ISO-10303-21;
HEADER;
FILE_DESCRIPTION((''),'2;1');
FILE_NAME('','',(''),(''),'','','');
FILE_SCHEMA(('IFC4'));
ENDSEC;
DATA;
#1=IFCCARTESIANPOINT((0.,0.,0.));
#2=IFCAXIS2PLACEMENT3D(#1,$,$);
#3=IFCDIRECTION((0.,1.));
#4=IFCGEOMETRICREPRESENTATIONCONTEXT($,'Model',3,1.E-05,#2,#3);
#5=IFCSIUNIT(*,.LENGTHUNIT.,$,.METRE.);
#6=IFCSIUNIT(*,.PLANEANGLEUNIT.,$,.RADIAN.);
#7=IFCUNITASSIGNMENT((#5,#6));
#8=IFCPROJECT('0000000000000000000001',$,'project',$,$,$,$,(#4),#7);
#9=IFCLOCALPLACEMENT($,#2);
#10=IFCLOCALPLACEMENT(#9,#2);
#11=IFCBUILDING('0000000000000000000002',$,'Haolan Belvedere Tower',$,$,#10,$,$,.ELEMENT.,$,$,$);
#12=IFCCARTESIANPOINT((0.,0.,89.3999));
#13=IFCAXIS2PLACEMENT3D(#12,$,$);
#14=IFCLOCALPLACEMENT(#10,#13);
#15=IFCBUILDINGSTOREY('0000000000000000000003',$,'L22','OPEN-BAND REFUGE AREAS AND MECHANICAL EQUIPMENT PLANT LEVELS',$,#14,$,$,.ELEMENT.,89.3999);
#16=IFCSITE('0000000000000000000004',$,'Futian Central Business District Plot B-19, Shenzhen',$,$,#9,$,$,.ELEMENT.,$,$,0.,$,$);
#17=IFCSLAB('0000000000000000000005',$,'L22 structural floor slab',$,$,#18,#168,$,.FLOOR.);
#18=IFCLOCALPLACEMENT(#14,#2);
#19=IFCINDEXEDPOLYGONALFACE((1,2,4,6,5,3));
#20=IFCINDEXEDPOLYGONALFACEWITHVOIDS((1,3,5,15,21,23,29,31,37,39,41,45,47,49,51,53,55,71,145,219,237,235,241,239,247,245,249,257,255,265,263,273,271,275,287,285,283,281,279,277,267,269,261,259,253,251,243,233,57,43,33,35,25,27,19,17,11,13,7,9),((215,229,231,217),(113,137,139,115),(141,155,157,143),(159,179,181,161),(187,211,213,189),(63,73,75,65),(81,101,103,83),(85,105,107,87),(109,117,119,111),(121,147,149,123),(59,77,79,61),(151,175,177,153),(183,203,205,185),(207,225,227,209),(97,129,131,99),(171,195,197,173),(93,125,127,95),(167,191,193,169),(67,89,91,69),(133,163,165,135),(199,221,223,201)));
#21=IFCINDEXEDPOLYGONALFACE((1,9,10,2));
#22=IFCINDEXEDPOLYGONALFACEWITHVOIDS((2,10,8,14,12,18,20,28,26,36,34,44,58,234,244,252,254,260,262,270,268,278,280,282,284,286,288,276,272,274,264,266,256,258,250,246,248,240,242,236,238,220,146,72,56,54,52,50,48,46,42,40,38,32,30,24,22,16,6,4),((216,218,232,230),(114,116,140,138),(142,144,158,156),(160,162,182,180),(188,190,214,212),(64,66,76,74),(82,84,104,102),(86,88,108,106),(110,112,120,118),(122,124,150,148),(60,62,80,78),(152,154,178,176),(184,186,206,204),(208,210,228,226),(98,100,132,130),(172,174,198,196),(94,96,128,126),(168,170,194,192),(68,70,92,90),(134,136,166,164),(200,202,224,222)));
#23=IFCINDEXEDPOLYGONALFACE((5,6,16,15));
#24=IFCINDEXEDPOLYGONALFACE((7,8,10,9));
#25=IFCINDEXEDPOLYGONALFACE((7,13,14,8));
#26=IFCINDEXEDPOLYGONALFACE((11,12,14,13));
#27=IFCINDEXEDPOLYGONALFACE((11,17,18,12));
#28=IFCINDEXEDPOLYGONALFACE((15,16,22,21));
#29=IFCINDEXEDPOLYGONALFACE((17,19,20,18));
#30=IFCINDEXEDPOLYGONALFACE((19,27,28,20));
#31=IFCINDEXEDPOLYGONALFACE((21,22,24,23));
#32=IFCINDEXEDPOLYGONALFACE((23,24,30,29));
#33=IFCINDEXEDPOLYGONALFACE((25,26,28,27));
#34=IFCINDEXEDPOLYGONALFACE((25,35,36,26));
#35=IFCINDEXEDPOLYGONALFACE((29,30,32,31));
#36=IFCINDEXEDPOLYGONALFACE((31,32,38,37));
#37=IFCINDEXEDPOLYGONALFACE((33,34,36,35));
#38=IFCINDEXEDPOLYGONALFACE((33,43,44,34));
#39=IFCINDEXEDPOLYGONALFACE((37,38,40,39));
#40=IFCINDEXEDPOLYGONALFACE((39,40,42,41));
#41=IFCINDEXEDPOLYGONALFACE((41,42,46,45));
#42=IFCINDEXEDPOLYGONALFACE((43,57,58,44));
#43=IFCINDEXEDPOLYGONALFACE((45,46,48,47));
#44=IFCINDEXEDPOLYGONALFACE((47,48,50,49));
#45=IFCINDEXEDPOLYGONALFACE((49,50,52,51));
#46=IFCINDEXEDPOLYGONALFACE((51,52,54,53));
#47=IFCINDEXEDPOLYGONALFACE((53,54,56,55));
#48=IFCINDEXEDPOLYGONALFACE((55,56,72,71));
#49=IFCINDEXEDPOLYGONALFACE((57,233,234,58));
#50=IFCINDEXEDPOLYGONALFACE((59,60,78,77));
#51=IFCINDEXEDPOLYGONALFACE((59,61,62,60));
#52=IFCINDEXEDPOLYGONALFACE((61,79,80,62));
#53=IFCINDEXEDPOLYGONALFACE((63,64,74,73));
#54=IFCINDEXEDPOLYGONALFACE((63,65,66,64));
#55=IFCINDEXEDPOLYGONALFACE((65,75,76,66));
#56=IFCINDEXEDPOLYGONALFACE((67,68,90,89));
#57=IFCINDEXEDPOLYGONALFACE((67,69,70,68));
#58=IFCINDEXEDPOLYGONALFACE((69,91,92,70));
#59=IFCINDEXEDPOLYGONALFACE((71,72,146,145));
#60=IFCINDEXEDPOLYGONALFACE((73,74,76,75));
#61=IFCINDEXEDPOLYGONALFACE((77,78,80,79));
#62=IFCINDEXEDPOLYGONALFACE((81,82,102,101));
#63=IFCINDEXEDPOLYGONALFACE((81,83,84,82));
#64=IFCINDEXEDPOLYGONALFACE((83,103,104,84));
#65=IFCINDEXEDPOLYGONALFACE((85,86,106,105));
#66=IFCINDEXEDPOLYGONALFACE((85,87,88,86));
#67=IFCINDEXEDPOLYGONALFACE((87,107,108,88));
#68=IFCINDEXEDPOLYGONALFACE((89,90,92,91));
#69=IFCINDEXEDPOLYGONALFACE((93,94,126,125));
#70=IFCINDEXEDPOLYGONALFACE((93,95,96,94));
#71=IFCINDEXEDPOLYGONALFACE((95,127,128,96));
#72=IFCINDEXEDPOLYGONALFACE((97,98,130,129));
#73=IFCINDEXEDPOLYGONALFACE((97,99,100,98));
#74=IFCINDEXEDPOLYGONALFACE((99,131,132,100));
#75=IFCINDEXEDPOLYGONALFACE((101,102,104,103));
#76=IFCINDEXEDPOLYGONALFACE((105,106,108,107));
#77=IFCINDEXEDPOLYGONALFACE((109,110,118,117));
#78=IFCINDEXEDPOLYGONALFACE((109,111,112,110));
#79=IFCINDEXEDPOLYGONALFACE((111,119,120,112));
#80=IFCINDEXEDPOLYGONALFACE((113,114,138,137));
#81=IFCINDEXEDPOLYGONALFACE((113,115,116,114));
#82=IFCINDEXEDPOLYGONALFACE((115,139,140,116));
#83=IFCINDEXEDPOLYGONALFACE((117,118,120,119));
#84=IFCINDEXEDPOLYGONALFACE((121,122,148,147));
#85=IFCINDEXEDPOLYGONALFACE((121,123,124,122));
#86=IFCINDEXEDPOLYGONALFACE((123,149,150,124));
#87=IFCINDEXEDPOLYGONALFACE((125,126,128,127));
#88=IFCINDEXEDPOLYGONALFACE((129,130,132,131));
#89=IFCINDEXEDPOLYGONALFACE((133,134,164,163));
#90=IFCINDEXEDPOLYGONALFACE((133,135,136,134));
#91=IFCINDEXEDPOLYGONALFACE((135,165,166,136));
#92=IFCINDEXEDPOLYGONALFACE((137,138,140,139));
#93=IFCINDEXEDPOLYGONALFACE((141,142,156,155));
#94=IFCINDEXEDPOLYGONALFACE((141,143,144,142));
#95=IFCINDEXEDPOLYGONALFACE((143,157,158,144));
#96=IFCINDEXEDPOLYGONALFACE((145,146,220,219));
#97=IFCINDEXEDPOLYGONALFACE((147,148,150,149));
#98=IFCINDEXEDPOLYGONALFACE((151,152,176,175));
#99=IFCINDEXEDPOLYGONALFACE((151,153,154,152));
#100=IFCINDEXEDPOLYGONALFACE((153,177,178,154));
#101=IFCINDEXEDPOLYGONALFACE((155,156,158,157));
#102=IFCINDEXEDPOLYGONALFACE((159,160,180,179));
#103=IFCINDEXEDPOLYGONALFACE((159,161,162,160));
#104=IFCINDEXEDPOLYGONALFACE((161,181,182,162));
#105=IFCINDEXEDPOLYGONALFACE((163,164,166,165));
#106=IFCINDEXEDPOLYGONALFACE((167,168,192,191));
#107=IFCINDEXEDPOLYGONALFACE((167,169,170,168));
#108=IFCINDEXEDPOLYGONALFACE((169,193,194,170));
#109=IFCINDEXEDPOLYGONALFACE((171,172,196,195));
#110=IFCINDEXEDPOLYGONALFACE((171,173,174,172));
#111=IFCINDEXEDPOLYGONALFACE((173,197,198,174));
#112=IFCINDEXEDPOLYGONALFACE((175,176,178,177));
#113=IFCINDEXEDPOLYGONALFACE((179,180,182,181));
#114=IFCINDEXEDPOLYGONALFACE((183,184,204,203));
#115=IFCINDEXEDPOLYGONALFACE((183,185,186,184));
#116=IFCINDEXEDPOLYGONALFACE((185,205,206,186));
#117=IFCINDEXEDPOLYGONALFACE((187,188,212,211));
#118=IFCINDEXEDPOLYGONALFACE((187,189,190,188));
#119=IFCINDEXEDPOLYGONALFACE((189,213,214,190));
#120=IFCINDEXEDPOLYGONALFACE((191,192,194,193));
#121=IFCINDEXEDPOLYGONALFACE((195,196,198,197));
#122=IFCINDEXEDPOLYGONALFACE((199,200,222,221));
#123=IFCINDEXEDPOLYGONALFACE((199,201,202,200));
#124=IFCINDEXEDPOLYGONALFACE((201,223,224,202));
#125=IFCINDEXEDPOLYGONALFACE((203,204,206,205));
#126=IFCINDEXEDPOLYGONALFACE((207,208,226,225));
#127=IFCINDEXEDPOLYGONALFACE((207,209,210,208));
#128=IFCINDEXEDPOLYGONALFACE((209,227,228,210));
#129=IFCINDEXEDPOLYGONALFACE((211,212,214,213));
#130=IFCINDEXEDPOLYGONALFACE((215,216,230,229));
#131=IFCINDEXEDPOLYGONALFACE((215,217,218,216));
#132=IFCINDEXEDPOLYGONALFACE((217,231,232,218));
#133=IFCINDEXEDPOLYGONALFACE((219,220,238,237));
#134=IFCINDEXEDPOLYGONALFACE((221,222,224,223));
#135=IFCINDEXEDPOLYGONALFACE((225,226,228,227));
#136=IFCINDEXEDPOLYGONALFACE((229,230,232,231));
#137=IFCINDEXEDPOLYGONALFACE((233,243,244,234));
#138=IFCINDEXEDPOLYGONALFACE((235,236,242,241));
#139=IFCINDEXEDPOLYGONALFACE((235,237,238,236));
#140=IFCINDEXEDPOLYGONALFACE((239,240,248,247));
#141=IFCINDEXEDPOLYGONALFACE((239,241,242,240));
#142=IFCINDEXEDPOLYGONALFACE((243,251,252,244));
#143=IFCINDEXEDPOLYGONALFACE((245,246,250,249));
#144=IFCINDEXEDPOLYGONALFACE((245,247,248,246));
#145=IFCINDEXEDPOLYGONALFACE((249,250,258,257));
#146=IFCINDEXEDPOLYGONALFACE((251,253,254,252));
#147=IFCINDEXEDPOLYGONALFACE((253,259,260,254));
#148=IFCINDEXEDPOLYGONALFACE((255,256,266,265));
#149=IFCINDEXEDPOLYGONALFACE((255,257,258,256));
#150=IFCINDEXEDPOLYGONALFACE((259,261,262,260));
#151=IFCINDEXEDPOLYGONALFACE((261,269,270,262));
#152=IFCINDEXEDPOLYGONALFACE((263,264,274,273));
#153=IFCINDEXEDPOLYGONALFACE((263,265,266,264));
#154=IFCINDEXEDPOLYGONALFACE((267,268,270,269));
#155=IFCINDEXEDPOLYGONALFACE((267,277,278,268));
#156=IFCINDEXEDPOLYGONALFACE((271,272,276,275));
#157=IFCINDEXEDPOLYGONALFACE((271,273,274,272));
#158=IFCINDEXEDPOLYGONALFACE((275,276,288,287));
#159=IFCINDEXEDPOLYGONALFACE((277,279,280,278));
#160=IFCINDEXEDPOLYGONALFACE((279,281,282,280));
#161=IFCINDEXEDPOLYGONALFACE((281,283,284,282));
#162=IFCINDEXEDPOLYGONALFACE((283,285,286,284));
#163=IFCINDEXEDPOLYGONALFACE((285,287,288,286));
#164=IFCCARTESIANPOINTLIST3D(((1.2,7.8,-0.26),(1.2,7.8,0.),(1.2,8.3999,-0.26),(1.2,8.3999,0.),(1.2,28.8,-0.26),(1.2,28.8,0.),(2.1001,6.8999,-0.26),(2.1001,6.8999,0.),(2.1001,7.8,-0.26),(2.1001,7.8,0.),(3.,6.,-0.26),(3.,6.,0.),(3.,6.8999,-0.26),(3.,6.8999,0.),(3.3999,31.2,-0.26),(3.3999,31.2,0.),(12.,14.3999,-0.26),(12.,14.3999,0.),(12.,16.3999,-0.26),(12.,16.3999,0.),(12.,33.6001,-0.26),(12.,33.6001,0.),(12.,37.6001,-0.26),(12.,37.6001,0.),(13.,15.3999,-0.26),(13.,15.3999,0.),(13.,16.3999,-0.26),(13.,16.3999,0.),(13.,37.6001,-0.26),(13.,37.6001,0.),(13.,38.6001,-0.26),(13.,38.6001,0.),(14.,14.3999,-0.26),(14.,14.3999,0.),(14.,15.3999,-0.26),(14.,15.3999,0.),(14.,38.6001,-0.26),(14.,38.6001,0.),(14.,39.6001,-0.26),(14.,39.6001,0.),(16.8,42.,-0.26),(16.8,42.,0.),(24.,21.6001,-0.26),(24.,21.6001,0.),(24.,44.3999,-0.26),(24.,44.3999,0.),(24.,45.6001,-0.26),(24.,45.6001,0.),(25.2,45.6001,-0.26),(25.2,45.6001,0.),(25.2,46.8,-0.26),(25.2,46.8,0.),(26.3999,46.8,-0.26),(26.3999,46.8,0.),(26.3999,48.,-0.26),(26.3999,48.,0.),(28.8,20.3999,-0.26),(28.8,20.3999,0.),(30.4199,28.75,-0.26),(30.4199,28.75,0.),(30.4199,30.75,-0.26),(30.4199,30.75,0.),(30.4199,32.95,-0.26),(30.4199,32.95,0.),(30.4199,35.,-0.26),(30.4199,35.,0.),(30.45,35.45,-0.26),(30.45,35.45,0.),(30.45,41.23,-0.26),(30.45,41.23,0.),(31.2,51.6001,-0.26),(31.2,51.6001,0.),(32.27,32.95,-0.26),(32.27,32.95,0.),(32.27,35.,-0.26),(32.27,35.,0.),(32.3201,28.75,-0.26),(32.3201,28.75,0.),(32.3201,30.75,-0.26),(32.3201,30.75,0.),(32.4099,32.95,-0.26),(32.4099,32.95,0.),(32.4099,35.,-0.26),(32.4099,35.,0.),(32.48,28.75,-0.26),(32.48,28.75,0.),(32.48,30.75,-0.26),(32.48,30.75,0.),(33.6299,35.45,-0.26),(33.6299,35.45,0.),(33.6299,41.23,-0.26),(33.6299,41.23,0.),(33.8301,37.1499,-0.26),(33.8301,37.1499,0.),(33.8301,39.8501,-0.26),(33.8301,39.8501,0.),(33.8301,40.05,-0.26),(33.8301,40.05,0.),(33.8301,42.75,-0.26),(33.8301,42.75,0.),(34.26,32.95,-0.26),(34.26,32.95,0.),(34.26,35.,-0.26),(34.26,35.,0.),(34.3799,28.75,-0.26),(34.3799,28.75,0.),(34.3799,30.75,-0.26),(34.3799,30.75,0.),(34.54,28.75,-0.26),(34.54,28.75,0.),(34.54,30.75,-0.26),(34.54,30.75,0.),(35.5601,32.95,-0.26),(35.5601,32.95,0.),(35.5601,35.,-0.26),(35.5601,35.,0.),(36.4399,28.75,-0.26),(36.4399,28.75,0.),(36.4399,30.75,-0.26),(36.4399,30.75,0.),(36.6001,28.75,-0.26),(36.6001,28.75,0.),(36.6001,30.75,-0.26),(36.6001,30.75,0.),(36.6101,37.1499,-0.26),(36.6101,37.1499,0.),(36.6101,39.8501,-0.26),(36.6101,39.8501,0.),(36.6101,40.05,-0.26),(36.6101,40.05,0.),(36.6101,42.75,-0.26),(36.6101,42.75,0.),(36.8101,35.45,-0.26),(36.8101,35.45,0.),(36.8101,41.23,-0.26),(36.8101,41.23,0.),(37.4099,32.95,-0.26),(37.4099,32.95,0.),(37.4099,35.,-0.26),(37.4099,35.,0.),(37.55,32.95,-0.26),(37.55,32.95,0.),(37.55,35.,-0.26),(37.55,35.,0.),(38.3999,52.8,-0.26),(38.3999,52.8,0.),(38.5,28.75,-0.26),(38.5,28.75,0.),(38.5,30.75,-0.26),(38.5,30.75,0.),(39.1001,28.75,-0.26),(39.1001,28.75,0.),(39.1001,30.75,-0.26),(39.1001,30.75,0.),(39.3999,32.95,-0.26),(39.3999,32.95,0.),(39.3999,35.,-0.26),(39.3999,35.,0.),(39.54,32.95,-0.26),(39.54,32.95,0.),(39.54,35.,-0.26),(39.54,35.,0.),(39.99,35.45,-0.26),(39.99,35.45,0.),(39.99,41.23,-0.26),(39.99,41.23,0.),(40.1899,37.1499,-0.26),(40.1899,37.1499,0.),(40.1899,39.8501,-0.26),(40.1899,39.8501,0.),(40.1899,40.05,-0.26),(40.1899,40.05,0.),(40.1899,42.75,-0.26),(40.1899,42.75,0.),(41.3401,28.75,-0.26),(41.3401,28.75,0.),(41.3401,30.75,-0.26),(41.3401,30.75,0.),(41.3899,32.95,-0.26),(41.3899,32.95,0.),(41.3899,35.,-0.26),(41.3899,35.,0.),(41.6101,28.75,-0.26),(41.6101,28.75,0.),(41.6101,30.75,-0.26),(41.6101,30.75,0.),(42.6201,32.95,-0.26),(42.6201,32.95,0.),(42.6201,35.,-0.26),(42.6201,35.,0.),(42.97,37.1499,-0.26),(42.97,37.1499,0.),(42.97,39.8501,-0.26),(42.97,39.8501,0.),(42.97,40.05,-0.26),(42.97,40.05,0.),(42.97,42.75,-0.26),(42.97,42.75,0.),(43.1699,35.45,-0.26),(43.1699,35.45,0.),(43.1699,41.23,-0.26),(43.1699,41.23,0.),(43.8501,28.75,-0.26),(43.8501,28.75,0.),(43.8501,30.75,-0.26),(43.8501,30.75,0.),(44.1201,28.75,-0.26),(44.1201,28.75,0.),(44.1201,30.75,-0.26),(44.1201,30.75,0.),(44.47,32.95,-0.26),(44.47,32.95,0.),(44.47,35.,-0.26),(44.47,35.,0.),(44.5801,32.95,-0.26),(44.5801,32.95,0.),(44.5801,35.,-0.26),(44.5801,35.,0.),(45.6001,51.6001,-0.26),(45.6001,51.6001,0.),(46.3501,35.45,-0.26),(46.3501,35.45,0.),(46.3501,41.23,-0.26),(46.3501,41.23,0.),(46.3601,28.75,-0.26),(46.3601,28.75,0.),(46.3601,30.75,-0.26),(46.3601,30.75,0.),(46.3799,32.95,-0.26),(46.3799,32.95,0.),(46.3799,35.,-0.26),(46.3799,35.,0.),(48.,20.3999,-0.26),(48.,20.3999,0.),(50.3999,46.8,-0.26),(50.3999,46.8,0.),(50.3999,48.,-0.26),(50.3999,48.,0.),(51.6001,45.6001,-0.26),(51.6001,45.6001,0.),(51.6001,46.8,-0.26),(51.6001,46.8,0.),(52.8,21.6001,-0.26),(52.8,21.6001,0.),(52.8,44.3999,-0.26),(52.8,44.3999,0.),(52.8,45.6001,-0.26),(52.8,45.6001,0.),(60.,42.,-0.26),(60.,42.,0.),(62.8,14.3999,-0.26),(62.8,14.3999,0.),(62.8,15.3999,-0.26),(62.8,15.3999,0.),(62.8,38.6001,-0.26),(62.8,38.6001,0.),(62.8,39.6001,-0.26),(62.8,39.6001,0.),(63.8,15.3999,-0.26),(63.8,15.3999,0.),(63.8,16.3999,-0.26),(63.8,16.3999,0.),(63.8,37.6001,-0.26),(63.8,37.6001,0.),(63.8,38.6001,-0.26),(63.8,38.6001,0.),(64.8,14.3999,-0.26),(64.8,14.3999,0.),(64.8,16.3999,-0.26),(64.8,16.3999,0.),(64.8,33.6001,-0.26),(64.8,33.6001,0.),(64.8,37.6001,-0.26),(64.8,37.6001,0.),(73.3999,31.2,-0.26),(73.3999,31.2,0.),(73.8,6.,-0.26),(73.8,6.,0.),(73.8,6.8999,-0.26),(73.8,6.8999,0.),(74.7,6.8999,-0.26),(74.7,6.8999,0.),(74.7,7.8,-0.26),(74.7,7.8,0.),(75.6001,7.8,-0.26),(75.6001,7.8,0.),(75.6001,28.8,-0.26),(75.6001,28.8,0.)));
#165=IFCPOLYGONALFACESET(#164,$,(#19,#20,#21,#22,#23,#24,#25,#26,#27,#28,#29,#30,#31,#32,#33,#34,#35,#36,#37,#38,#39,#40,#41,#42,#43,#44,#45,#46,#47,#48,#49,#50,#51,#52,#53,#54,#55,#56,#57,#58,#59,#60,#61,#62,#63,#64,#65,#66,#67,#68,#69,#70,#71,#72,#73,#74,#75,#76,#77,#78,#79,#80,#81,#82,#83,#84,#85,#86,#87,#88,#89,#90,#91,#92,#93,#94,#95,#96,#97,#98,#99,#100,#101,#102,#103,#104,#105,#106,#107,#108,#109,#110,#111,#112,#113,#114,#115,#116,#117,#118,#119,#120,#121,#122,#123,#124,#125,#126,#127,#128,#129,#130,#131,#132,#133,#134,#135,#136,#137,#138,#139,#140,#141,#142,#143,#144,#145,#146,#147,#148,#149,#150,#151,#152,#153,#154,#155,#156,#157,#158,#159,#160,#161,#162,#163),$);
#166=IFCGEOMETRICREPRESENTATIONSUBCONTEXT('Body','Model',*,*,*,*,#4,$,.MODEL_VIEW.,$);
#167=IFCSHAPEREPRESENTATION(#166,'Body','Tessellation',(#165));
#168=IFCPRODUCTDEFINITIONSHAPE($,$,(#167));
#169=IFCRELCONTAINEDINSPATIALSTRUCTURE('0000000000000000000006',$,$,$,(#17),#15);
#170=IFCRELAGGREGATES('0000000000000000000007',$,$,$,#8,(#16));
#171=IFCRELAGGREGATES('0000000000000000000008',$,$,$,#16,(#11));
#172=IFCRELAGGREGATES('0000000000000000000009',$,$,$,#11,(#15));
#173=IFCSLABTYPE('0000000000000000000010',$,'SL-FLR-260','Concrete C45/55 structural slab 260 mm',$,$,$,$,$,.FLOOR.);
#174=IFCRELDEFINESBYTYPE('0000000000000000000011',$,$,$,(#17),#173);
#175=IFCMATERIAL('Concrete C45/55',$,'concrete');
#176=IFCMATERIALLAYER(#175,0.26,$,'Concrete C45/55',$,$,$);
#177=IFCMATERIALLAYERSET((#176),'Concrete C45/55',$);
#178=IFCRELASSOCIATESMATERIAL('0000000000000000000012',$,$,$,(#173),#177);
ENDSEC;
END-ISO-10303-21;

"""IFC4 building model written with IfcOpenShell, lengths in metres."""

from ifc_helpers import new_model, si_unit, direction, frame, origin, place, context, subcontext, project, spatial, polyline, outline, extrude, material, layer, layer_set, type_object, element, save


model = new_model("IFC4")

# Units and contexts
model_context = context("Model", 3, precision=1e-05, world=origin(), true_north=direction((0.0, 1.0)))
body_context = subcontext(model_context, "Body", "Model", "MODEL_VIEW")
ifc_project = project(units=[si_unit("LENGTHUNIT", "METRE"), si_unit("PLANEANGLEUNIT", "RADIAN")], contexts=[model_context])

# Site, building, storey
site_placement = place(None, origin())
site = spatial("IfcSite", under=ifc_project, at=site_placement, Name="Futian Central Business District Plot B-19, Shenzhen", CompositionType="ELEMENT", RefElevation=0.0)
building_placement = place(site_placement, origin())
building = spatial("IfcBuilding", under=site, at=building_placement, Name="Haolan Belvedere Tower", CompositionType="ELEMENT")
storey_placement = place(building_placement, frame((0.0, 0.0, 89.3999)))
storey = spatial("IfcBuildingStorey", under=building, at=storey_placement, Name="L22", Description="OPEN-BAND REFUGE AREAS AND MECHANICAL EQUIPMENT PLANT LEVELS", CompositionType="ELEMENT", Elevation=89.3999)

# Slab
ifc_material_1 = material(Name="Concrete C45/55", Category="concrete")
ifc_layer_1 = layer(ifc_material_1, 0.26, Name="Concrete C45/55")
ifc_layer_set_1 = layer_set([ifc_layer_1], Name="Concrete C45/55")
slab_type_1 = type_object("IfcSlabType", Name="SL-FLR-260", Description="Concrete C45/55 structural slab 260 mm", PredefinedType="FLOOR", material=ifc_layer_set_1)
slab_1_placement = place(storey_placement, frame((0.0, 0.0, -0.26)))
element("IfcSlab", 1, at=slab_1_placement, inside=storey, type_object=slab_type_1, Name="L22 structural floor slab", PredefinedType="FLOOR", context=body_context, shape_type="SweptSolid", body=[
    extrude(outline(polyline([(1.2, 28.8), (1.2, 8.3999), (1.2, 7.8), (2.1001, 7.8), (2.1001, 6.8999), (3.0, 6.8999), (3.0, 6.0), (12.0, 14.3999), (12.0, 16.3999), (13.0, 16.3999), (13.0, 15.3999), (14.0, 15.3999), (14.0, 14.3999), (24.0, 21.6001), (28.8, 20.3999), (48.0, 20.3999), (52.8, 21.6001), (62.8, 14.3999), (62.8, 15.3999), (63.8, 15.3999), (63.8, 16.3999), (64.8, 16.3999), (64.8, 14.3999), (73.8, 6.0), (73.8, 6.8999), (74.7, 6.8999), (74.7, 7.8), (75.6001, 7.8), (75.6001, 28.8), (73.3999, 31.2), (64.8, 33.6001), (64.8, 37.6001), (63.8, 37.6001), (63.8, 38.6001), (62.8, 38.6001), (62.8, 39.6001), (60.0, 42.0), (52.8, 44.3999), (52.8, 45.6001), (51.6001, 45.6001), (51.6001, 46.8), (50.3999, 46.8), (50.3999, 48.0), (45.6001, 51.6001), (38.3999, 52.8), (31.2, 51.6001), (26.3999, 48.0), (26.3999, 46.8), (25.2, 46.8), (25.2, 45.6001), (24.0, 45.6001), (24.0, 44.3999), (16.8, 42.0), (14.0, 39.6001), (14.0, 38.6001), (13.0, 38.6001), (13.0, 37.6001), (12.0, 37.6001), (12.0, 33.6001), (3.3999, 31.2), (1.2, 28.8)]), holes=[polyline([(30.45, 41.23), (30.45, 35.45), (33.6299, 35.45), (33.6299, 41.23), (30.45, 41.23)]), polyline([(36.8101, 41.23), (36.8101, 35.45), (39.99, 35.45), (39.99, 41.23), (36.8101, 41.23)]), polyline([(43.1699, 41.23), (43.1699, 35.45), (46.3501, 35.45), (46.3501, 41.23), (43.1699, 41.23)]), polyline([(33.8301, 40.05), (36.6101, 40.05), (36.6101, 42.75), (33.8301, 42.75), (33.8301, 40.05)]), polyline([(33.8301, 37.1499), (36.6101, 37.1499), (36.6101, 39.8501), (33.8301, 39.8501), (33.8301, 37.1499)]), polyline([(40.1899, 40.05), (42.97, 40.05), (42.97, 42.75), (40.1899, 42.75), (40.1899, 40.05)]), polyline([(40.1899, 37.1499), (42.97, 37.1499), (42.97, 39.8501), (40.1899, 39.8501), (40.1899, 37.1499)]), polyline([(30.4199, 32.95), (32.27, 32.95), (32.27, 35.0), (30.4199, 35.0), (30.4199, 32.95)]), polyline([(32.4099, 32.95), (34.26, 32.95), (34.26, 35.0), (32.4099, 35.0), (32.4099, 32.95)]), polyline([(35.5601, 32.95), (37.4099, 32.95), (37.4099, 35.0), (35.5601, 35.0), (35.5601, 32.95)]), polyline([(37.55, 32.95), (39.3999, 32.95), (39.3999, 35.0), (37.55, 35.0), (37.55, 32.95)]), polyline([(39.54, 32.95), (41.3899, 32.95), (41.3899, 35.0), (39.54, 35.0), (39.54, 32.95)]), polyline([(42.6201, 32.95), (44.47, 32.95), (44.47, 35.0), (42.6201, 35.0), (42.6201, 32.95)]), polyline([(44.5801, 32.95), (46.3799, 32.95), (46.3799, 35.0), (44.5801, 35.0), (44.5801, 32.95)]), polyline([(30.4199, 28.75), (32.3201, 28.75), (32.3201, 30.75), (30.4199, 30.75), (30.4199, 28.75)]), polyline([(32.48, 28.75), (34.3799, 28.75), (34.3799, 30.75), (32.48, 30.75), (32.48, 28.75)]), polyline([(34.54, 28.75), (36.4399, 28.75), (36.4399, 30.75), (34.54, 30.75), (34.54, 28.75)]), polyline([(36.6001, 28.75), (38.5, 28.75), (38.5, 30.75), (36.6001, 30.75), (36.6001, 28.75)]), polyline([(39.1001, 28.75), (41.3401, 28.75), (41.3401, 30.75), (39.1001, 30.75), (39.1001, 28.75)]), polyline([(41.6101, 28.75), (43.8501, 28.75), (43.8501, 30.75), (41.6101, 30.75), (41.6101, 28.75)]), polyline([(44.1201, 28.75), (46.3601, 28.75), (46.3601, 30.75), (44.1201, 30.75), (44.1201, 28.75)])]), origin(), (0.0, 0.0, 1.0), 0.26),
])

save(model, "model.ifc")
